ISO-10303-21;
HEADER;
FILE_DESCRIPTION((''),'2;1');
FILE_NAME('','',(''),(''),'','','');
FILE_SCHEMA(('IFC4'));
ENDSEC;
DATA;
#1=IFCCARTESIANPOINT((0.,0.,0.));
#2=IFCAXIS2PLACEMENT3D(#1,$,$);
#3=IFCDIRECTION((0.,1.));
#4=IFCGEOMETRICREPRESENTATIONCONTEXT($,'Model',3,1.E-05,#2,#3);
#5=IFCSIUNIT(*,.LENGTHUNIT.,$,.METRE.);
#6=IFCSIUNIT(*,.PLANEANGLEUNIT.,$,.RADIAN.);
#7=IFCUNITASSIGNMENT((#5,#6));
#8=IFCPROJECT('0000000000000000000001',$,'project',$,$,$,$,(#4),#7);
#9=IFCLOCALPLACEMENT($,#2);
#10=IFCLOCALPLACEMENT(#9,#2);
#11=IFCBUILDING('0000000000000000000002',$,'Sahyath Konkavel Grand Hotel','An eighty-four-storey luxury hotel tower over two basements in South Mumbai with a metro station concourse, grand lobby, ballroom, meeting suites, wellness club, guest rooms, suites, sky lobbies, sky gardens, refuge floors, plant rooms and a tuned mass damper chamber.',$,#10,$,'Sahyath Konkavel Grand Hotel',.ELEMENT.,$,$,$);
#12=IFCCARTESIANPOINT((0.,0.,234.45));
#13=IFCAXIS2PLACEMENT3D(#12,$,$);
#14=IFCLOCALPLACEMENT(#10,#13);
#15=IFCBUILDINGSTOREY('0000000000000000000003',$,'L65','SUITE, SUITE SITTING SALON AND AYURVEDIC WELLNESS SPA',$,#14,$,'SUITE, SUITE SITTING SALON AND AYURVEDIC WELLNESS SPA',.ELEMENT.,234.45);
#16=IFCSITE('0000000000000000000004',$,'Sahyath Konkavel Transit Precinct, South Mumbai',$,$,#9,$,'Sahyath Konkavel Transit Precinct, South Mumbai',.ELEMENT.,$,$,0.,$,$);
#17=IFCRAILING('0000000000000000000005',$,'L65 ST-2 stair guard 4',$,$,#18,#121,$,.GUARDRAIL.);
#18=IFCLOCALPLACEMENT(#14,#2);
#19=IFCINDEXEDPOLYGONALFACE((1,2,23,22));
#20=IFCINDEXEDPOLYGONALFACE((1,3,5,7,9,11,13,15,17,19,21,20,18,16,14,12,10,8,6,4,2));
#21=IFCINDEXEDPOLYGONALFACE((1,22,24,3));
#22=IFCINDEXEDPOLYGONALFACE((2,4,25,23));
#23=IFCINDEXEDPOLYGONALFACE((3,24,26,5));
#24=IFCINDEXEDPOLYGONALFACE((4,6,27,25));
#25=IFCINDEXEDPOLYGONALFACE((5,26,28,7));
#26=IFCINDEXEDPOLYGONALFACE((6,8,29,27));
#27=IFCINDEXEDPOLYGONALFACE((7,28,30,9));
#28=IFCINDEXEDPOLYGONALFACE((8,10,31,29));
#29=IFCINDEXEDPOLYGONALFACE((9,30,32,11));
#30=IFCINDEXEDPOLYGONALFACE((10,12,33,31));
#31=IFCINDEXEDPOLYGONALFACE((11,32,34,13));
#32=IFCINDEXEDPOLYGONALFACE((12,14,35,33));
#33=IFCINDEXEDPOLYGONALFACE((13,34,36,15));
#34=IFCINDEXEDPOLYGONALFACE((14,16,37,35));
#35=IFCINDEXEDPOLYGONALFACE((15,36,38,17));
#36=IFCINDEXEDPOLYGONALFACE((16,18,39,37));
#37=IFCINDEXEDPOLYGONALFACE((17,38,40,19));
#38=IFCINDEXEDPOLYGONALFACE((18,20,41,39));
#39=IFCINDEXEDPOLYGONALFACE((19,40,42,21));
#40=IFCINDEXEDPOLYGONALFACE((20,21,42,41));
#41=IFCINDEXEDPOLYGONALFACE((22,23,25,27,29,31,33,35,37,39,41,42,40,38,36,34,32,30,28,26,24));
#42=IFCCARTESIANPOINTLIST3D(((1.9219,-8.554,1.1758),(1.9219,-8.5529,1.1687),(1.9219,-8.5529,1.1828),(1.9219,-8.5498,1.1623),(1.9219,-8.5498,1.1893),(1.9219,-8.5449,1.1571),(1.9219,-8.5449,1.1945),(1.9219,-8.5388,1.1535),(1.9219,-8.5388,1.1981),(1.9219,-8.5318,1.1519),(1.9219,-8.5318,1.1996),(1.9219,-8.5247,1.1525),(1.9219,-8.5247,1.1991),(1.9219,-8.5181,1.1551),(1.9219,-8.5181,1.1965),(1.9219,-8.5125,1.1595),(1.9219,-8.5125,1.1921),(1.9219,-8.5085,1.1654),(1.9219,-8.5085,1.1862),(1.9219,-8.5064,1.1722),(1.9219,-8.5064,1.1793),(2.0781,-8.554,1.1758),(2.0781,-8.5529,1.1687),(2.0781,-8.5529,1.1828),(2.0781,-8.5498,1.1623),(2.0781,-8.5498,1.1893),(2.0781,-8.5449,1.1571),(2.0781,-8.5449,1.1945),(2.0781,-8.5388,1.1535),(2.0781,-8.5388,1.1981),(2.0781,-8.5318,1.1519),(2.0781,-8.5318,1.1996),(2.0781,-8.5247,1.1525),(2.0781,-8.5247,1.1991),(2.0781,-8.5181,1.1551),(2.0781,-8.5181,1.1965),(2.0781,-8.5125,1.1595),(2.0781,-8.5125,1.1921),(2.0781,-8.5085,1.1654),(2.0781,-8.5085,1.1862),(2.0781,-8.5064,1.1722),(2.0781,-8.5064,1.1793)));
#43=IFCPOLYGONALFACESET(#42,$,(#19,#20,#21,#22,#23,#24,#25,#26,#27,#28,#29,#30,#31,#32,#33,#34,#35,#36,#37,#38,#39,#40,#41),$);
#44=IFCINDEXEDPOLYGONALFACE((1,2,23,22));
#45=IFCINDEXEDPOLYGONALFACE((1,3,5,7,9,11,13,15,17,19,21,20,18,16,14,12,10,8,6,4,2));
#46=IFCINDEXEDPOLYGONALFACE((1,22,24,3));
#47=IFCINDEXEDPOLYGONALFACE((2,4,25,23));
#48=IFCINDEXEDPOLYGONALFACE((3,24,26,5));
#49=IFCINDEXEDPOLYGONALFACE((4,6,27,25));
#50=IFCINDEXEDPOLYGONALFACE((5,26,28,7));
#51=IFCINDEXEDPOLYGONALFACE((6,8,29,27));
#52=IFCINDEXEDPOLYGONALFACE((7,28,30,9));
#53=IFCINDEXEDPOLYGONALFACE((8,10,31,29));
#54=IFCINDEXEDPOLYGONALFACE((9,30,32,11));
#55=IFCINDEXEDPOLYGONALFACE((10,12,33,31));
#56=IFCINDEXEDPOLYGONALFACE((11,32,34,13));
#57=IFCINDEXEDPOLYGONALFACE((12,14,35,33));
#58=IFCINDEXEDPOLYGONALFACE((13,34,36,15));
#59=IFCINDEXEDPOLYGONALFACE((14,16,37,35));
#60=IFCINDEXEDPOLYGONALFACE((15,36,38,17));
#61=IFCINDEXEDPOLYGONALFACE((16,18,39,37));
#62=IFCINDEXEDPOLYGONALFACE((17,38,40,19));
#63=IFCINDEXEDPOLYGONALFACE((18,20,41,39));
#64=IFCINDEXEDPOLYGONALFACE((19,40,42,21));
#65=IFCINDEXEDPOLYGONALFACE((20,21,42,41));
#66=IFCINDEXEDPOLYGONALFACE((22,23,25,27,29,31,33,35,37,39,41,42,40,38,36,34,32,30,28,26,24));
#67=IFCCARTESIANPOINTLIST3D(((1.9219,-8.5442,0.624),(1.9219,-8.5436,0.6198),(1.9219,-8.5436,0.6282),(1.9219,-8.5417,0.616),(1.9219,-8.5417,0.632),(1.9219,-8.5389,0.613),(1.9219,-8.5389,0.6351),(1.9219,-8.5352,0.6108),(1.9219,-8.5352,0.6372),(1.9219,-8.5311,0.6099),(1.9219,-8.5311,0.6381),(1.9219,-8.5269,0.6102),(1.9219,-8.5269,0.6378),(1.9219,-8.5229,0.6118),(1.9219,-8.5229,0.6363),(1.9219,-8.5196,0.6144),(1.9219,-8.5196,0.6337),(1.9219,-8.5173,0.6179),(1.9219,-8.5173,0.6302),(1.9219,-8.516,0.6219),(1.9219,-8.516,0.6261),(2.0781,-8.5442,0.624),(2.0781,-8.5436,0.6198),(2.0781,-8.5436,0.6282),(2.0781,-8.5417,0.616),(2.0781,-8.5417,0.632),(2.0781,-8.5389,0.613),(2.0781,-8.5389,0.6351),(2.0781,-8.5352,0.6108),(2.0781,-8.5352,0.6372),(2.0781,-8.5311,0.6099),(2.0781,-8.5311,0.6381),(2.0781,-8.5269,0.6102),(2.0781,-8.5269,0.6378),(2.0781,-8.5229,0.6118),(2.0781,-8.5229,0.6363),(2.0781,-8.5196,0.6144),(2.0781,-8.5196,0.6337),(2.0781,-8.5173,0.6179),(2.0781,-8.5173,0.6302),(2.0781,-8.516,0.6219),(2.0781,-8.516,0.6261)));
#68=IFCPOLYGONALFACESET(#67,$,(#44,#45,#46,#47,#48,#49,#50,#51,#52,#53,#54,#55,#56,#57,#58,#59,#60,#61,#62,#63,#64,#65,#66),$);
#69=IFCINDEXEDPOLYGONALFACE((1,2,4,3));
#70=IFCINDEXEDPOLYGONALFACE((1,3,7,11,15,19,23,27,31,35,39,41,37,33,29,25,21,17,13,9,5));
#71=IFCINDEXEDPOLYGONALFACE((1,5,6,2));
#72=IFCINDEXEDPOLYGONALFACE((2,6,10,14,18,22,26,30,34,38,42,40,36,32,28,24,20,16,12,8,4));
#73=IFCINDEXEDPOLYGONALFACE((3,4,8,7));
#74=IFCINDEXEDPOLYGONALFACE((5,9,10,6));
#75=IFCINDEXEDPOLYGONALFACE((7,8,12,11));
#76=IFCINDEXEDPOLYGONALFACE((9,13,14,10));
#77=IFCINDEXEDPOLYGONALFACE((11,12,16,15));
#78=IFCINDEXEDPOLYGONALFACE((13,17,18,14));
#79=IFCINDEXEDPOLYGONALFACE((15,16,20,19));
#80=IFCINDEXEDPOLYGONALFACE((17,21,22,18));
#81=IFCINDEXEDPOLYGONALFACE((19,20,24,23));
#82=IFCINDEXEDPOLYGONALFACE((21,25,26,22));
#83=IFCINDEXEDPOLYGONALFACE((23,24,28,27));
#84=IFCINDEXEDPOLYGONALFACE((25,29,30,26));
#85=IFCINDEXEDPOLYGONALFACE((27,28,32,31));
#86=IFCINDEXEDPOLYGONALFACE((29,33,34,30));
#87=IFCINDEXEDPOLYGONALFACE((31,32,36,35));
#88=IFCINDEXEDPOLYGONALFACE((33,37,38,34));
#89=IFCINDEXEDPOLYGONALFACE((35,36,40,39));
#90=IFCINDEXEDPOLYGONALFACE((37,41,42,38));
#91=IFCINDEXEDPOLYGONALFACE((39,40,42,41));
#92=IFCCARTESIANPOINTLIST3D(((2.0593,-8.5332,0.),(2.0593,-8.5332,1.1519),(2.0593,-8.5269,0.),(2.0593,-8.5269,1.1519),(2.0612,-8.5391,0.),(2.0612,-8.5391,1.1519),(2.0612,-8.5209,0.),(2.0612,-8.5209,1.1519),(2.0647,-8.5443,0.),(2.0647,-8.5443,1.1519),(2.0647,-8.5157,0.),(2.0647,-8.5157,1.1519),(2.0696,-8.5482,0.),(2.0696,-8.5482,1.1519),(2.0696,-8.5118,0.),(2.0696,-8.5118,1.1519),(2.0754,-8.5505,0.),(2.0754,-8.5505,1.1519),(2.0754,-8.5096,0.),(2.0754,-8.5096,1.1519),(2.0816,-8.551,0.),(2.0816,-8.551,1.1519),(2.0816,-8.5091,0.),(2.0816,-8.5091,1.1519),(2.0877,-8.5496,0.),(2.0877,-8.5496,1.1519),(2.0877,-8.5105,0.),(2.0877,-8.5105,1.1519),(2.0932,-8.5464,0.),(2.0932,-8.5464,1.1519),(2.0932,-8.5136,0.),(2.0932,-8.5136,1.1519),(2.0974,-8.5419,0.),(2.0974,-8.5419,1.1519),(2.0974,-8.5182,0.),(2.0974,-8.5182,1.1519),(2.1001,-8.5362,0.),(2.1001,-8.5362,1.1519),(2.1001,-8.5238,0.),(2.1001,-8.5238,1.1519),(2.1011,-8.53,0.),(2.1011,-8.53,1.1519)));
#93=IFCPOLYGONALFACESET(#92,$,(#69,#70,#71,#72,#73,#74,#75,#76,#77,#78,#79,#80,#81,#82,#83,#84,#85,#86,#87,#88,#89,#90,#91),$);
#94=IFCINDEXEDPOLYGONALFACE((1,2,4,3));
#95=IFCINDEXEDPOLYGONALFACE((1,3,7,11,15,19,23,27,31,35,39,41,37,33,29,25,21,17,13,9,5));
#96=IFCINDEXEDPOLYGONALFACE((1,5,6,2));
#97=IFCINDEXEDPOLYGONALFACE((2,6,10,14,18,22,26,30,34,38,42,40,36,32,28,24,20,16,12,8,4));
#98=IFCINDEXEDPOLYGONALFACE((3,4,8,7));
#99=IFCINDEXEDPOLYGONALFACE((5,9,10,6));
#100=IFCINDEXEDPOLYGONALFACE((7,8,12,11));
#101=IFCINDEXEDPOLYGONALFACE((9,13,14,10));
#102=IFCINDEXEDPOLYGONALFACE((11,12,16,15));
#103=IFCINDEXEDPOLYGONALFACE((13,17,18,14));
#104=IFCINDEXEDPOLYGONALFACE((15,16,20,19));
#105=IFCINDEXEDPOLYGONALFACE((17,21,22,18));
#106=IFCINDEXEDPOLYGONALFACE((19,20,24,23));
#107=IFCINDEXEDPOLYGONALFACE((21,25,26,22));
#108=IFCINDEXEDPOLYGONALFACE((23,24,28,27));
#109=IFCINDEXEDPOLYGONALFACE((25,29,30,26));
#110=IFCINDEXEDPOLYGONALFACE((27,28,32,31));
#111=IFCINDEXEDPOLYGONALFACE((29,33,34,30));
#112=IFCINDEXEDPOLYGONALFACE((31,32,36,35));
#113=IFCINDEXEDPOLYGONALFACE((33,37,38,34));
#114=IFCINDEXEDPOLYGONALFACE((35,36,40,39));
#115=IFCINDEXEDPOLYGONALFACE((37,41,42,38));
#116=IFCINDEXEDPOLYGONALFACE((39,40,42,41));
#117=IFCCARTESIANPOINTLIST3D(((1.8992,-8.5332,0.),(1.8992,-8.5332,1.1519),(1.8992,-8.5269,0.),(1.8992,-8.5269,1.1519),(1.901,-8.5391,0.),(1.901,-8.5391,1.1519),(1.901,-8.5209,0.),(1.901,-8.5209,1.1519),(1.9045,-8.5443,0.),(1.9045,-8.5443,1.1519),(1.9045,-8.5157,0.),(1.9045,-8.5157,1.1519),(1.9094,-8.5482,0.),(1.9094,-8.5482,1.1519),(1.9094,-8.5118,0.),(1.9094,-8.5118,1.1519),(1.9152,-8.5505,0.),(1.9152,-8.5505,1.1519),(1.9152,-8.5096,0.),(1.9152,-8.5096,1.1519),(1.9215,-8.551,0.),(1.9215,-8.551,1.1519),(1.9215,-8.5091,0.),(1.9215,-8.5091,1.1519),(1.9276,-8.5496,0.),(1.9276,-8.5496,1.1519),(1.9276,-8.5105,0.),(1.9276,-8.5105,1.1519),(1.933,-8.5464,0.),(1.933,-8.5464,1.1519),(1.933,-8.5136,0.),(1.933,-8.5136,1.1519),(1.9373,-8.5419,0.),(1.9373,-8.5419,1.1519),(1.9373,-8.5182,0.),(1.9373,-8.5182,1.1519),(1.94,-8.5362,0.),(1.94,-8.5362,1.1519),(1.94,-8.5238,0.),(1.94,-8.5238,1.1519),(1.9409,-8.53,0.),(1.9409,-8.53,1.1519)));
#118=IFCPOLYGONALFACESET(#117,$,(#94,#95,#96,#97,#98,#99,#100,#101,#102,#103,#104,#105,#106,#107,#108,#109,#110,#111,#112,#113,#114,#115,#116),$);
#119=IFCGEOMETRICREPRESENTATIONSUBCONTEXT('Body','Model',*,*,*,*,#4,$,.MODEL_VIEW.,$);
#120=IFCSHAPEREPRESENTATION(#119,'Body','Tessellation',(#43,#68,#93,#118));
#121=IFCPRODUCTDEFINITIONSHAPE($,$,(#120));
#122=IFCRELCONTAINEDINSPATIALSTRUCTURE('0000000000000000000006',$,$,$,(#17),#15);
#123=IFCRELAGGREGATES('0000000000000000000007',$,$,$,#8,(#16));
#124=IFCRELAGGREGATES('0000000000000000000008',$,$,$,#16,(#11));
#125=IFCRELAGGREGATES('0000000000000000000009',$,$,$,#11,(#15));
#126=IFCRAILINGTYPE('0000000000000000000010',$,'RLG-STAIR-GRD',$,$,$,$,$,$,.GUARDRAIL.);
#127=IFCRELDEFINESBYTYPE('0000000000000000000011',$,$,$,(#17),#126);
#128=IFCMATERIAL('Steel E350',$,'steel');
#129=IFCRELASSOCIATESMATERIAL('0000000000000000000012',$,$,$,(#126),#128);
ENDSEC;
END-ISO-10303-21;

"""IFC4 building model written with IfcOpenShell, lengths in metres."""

from ifc_helpers import new_model, si_unit, direction, frame, origin, origin_2d, place, context, subcontext, project, spatial, circle, extrude, material, type_object, element, save


model = new_model("IFC4")

# Units and contexts
model_context = context("Model", 3, precision=1e-05, world=origin(), true_north=direction((0.0, 1.0)))
body_context = subcontext(model_context, "Body", "Model", "MODEL_VIEW")
ifc_project = project(units=[si_unit("LENGTHUNIT", "METRE"), si_unit("PLANEANGLEUNIT", "RADIAN")], contexts=[model_context])

# Site, building, storey
site_placement = place(None, origin())
site = spatial("IfcSite", under=ifc_project, at=site_placement, Name="Sahyath Konkavel Transit Precinct, South Mumbai", LongName="Sahyath Konkavel Transit Precinct, South Mumbai", CompositionType="ELEMENT", RefElevation=0.0)
building_placement = place(site_placement, origin())
building = spatial("IfcBuilding", under=site, at=building_placement, Name="Sahyath Konkavel Grand Hotel", Description="An eighty-four-storey luxury hotel tower over two basements in South Mumbai with a metro station concourse, grand lobby, ballroom, meeting suites, wellness club, guest rooms, suites, sky lobbies, sky gardens, refuge floors, plant rooms and a tuned mass damper chamber.", LongName="Sahyath Konkavel Grand Hotel", CompositionType="ELEMENT")
storey_placement = place(building_placement, frame((0.0, 0.0, 234.45)))
storey = spatial("IfcBuildingStorey", under=building, at=storey_placement, Name="L65", Description="SUITE, SUITE SITTING SALON AND AYURVEDIC WELLNESS SPA", LongName="SUITE, SUITE SITTING SALON AND AYURVEDIC WELLNESS SPA", CompositionType="ELEMENT", Elevation=234.45)

# Shared definitions
ifc_material_1 = material(Name="Steel E350", Category="steel")

# Railing
railing_type_1 = type_object("IfcRailingType", Name="RLG-STAIR-GRD", PredefinedType="GUARDRAIL", material=ifc_material_1)
railing_1_placement = place(storey_placement, frame((2.0801, -8.53, 0.0)))
element("IfcRailing", 1, at=railing_1_placement, inside=storey, type_object=railing_type_1, Name="L65 ST-2 stair guard 4", PredefinedType="GUARDRAIL", context=body_context, shape_type="SweptSolid", body=[
    extrude(circle(Radius=0.0239, at=origin_2d()), frame((-0.002, 0.0, 1.1758), z_axis=(-1.0, 0.0, 0.0), x_axis=(0.0, -1.0, 0.0)), (0.0, 0.0, 1.0), 0.1562),
    extrude(circle(Radius=0.0142, at=origin_2d()), frame((-0.002, 0.0, 0.624), z_axis=(-1.0, 0.0, 0.0), x_axis=(0.0, -1.0, 0.0)), (0.0, 0.0, 1.0), 0.1562),
    extrude(circle(Radius=0.021, at=origin_2d()), origin(), (0.0, 0.0, 1.0), 1.1519),
    extrude(circle(Radius=0.021, at=origin_2d()), frame((-0.1602, 0.0, 0.0)), (0.0, 0.0, 1.0), 1.1519),
])

save(model, "model.ifc")
